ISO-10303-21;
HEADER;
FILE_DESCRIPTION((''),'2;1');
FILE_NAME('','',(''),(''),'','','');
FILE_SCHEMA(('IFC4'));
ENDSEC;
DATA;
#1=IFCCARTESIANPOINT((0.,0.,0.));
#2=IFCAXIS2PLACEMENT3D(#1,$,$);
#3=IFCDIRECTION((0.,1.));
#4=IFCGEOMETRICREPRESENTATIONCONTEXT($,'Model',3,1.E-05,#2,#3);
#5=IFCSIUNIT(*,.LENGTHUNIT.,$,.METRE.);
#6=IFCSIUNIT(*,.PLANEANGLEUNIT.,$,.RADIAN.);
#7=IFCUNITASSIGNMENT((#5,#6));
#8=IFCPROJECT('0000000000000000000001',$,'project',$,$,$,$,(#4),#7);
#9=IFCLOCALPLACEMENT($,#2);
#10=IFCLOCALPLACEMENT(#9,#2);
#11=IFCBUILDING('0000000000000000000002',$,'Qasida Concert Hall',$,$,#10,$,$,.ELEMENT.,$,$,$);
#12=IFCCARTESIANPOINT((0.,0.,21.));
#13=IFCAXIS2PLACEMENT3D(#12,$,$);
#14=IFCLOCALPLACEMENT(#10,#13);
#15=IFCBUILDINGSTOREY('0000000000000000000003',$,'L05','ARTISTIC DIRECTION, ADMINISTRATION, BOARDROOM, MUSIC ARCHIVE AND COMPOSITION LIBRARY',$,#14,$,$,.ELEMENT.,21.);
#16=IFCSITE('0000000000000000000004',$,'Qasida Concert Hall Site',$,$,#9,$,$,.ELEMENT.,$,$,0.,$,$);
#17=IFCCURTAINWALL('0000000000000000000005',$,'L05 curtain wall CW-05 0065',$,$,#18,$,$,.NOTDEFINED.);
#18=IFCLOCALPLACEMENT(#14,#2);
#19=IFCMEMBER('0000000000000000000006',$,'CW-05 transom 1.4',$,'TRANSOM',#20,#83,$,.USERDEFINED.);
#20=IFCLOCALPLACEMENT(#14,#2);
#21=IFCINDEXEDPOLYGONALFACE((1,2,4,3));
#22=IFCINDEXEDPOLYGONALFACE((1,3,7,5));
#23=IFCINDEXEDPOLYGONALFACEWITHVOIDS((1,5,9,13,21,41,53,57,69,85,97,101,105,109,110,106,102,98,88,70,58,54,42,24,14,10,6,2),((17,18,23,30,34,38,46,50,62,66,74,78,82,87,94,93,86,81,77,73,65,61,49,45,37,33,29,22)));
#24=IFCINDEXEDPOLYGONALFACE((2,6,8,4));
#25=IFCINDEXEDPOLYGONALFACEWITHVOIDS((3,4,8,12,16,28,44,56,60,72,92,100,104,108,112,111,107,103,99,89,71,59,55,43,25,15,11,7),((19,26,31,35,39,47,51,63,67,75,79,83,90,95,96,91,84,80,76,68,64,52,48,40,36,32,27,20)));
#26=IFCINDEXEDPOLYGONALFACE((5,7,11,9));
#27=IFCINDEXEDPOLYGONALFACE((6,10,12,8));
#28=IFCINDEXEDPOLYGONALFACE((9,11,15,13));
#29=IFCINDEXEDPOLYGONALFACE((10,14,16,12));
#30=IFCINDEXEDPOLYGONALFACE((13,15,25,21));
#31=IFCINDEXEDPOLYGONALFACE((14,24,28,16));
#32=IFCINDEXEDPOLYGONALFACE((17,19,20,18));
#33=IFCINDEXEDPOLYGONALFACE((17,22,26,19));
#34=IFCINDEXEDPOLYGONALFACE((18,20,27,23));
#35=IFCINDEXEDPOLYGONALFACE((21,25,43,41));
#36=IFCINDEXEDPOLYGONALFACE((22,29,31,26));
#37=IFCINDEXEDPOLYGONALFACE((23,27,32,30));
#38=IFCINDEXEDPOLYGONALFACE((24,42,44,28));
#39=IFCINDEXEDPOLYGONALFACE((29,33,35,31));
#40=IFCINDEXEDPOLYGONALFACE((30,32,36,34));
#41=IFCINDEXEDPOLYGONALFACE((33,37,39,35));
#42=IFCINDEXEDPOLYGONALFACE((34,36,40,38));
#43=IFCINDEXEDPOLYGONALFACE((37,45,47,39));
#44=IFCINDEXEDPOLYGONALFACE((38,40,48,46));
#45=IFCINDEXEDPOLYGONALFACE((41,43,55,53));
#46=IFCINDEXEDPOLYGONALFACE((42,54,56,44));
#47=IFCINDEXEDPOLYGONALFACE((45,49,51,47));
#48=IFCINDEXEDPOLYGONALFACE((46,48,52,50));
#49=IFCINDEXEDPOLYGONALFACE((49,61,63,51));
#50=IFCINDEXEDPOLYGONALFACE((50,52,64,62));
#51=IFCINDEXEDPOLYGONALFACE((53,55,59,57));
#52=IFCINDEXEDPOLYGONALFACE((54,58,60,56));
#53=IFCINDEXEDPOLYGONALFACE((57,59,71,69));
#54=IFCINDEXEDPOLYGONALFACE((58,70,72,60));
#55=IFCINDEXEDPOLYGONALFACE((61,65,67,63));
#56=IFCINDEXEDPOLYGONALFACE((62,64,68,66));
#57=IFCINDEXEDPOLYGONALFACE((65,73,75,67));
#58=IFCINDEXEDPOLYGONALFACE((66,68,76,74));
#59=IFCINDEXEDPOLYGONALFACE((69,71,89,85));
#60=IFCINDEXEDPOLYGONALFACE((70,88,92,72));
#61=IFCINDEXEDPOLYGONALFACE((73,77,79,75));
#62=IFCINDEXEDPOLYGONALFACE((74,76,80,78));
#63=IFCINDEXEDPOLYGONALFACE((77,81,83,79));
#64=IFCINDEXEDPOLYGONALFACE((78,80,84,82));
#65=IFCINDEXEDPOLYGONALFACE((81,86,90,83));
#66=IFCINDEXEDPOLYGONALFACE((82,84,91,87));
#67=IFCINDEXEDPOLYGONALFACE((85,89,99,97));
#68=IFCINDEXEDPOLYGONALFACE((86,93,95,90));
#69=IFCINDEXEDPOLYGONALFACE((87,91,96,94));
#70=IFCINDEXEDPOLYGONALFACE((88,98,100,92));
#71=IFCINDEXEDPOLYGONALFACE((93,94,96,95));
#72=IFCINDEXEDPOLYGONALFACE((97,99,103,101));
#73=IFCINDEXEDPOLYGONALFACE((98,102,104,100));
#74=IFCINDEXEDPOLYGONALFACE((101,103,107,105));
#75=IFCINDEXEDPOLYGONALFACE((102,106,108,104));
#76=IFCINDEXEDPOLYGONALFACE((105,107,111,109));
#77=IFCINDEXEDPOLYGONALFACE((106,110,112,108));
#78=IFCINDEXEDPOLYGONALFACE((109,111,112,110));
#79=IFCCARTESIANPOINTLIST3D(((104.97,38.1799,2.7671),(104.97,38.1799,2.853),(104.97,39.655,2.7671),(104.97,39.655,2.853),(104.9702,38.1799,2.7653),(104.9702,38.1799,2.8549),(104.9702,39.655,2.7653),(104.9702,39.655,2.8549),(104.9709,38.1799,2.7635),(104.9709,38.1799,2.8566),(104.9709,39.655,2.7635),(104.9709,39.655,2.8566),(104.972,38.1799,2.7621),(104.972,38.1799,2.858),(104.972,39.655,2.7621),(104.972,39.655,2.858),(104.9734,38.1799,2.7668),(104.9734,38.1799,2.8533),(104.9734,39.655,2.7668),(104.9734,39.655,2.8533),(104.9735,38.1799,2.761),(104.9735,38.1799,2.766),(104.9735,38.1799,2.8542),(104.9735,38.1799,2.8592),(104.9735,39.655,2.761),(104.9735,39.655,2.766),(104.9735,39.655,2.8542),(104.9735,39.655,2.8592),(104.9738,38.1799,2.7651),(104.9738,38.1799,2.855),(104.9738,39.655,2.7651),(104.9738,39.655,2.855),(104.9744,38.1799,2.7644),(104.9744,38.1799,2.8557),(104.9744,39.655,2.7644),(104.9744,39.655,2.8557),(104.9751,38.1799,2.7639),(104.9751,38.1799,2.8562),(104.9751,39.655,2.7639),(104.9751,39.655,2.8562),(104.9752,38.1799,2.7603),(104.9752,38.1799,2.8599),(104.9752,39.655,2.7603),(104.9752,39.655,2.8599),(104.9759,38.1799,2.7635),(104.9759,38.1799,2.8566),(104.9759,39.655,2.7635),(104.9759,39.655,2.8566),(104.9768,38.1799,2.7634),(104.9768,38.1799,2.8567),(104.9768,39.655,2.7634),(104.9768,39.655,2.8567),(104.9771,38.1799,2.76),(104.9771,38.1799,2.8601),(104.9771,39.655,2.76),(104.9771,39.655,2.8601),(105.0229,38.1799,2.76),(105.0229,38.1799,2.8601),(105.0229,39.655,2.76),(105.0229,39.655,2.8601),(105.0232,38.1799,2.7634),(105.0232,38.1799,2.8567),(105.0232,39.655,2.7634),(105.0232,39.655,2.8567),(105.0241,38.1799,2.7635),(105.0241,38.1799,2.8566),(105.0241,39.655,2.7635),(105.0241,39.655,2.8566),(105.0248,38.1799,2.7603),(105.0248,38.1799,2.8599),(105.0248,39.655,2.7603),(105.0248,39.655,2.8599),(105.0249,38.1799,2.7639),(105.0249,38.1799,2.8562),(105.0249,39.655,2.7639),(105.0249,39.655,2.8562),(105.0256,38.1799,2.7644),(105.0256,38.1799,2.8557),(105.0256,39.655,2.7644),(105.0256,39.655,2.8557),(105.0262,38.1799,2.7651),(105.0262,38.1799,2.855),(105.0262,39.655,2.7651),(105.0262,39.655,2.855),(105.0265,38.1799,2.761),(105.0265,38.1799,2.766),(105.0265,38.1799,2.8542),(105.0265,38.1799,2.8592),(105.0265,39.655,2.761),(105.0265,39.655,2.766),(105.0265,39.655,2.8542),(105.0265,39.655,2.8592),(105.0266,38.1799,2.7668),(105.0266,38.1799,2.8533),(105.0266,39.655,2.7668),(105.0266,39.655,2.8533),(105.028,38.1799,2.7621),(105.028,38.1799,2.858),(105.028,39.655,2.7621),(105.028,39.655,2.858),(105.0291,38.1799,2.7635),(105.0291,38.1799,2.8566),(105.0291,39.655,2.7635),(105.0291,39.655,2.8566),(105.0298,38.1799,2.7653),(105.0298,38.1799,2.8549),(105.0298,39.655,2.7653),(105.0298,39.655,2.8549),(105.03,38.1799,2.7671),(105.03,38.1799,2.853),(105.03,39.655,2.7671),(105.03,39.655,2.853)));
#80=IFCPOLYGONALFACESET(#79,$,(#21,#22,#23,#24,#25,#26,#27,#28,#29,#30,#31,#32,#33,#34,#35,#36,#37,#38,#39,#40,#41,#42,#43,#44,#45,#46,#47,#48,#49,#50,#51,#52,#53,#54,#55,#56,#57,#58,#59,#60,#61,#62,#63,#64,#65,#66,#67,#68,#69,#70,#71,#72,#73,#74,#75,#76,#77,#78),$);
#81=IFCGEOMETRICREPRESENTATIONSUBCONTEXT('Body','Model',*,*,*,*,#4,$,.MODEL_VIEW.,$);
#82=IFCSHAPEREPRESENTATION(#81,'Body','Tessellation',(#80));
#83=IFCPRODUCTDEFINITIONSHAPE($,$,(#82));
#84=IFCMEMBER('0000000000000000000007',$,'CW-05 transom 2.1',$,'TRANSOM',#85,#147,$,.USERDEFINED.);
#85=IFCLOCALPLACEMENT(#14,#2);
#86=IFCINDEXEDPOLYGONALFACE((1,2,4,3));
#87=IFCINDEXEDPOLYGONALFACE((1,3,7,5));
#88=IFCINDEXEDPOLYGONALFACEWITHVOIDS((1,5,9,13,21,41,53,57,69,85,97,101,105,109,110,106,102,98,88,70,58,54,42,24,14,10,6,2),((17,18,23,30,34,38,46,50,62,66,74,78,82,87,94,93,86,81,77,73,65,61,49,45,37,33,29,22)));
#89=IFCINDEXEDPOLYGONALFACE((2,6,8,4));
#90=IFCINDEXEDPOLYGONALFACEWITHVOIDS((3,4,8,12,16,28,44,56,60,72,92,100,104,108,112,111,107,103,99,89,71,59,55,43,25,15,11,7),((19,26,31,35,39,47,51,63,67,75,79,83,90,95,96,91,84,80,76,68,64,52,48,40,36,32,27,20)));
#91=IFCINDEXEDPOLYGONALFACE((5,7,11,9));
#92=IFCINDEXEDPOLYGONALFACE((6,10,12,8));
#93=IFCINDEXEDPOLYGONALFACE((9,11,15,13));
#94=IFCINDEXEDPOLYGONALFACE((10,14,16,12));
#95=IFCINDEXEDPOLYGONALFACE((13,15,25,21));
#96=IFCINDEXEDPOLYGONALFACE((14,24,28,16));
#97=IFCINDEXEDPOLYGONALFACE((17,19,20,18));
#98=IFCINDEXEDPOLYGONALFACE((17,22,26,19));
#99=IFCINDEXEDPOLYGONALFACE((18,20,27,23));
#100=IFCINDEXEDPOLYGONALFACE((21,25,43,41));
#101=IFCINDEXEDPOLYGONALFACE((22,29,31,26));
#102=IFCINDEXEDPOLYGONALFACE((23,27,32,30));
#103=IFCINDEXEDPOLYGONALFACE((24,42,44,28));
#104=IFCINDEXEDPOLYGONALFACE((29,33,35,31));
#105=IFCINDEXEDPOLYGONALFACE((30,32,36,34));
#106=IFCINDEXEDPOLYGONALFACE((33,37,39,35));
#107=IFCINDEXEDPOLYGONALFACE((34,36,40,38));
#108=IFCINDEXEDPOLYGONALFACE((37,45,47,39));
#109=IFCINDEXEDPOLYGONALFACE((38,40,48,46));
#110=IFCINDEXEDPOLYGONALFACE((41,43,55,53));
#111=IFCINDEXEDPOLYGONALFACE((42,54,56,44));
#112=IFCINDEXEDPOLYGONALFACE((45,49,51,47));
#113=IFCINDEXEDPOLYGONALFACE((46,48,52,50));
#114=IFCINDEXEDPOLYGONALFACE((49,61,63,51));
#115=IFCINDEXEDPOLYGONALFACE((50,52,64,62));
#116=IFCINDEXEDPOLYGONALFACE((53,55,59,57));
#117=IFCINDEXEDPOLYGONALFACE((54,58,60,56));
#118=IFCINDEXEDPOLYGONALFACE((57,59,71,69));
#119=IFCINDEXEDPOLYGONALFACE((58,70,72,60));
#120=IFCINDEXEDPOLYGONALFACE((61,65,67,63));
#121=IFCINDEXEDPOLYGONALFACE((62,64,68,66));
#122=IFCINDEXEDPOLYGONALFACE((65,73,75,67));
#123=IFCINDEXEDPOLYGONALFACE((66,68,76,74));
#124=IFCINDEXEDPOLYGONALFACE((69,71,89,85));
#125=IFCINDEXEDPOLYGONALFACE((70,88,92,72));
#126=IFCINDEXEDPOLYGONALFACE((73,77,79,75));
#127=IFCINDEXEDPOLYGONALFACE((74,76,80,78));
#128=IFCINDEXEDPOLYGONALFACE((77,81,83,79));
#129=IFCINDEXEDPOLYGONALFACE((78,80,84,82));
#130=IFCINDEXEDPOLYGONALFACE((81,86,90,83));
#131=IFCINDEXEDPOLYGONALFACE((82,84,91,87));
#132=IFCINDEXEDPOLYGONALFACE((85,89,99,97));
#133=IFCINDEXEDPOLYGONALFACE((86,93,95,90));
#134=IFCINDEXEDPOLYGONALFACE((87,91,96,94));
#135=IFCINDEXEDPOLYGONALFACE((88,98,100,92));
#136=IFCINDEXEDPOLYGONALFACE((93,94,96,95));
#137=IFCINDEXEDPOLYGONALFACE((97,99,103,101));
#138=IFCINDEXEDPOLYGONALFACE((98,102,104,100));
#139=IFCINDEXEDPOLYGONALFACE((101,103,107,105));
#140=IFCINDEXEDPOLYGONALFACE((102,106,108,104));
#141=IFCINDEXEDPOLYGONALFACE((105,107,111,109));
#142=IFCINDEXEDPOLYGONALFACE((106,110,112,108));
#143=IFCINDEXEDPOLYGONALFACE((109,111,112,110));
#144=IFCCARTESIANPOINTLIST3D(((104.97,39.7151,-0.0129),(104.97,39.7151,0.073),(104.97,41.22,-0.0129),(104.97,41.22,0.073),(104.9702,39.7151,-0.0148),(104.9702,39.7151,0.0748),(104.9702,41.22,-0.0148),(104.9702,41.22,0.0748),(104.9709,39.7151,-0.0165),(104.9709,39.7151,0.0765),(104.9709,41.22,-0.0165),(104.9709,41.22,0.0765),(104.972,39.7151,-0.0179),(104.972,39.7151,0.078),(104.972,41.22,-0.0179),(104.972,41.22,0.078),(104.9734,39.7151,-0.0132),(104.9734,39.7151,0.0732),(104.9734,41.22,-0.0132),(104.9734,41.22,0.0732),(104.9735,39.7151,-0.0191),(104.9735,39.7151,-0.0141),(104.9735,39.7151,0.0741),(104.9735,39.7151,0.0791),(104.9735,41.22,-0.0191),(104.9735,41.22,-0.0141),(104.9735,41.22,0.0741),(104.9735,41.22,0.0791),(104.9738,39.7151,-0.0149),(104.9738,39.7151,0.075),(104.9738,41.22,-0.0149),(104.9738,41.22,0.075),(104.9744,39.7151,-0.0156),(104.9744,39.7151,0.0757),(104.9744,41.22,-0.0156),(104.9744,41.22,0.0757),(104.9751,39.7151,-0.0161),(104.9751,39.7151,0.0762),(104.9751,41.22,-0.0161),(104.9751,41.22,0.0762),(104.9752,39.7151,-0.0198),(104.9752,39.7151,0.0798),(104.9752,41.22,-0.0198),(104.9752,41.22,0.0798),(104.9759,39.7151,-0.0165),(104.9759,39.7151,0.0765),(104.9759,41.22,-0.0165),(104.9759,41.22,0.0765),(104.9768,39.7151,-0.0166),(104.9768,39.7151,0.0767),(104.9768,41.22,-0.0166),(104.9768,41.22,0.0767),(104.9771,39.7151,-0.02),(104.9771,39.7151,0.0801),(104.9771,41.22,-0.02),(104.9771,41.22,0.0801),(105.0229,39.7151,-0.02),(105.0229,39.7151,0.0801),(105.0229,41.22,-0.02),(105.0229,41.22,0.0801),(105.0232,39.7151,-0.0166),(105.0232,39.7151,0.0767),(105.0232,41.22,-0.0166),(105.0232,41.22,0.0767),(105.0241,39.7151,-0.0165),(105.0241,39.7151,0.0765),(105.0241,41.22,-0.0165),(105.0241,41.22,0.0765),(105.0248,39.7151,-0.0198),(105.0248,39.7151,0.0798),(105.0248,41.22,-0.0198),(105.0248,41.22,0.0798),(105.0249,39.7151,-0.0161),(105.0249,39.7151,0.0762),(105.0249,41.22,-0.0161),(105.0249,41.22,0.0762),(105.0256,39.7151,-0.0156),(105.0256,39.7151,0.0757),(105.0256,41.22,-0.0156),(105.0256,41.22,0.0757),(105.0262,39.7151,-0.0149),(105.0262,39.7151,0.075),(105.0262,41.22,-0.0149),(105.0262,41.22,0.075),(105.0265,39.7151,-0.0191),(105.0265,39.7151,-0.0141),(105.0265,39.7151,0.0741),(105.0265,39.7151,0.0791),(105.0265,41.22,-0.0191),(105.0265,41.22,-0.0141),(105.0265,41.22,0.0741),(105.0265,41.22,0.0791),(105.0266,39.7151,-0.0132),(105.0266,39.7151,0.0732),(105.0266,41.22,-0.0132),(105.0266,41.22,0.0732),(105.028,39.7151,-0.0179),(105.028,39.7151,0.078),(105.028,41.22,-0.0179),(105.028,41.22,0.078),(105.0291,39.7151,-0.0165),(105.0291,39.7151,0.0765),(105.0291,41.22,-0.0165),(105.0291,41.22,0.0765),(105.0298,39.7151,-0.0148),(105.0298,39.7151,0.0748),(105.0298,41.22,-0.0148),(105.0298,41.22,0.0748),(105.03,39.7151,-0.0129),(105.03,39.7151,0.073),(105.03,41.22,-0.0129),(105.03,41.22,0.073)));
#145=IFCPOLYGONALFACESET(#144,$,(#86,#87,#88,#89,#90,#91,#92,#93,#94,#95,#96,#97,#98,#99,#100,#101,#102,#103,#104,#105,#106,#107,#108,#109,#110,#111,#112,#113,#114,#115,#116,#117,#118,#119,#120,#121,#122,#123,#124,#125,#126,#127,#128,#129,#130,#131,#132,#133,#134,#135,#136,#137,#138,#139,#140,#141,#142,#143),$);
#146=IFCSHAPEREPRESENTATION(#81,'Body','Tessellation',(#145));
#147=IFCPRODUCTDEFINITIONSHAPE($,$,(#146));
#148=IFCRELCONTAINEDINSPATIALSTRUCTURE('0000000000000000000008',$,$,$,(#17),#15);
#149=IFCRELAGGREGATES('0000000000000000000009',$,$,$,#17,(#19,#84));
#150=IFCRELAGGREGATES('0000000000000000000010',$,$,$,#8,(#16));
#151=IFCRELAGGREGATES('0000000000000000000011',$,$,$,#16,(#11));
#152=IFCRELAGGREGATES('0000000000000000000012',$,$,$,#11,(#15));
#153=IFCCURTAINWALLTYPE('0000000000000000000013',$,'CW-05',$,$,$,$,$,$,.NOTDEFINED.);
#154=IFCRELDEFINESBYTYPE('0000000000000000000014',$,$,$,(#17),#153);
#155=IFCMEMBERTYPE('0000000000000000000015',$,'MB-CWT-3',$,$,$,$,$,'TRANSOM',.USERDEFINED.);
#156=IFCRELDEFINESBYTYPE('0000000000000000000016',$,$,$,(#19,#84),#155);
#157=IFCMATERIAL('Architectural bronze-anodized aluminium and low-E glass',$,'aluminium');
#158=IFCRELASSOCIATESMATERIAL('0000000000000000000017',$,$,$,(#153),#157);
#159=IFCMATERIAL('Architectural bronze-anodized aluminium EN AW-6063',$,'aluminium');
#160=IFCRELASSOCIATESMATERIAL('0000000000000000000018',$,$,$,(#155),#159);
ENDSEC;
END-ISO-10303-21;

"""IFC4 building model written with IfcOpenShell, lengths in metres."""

from ifc_helpers import new_model, si_unit, direction, frame, origin, origin_2d, place, context, subcontext, project, spatial, hollow_rectangle, extrude, material, material_profile, profile_set, type_object, element, aggregate, save


model = new_model("IFC4")

# Units and contexts
model_context = context("Model", 3, precision=1e-05, world=origin(), true_north=direction((0.0, 1.0)))
body_context = subcontext(model_context, "Body", "Model", "MODEL_VIEW")
ifc_project = project(units=[si_unit("LENGTHUNIT", "METRE"), si_unit("PLANEANGLEUNIT", "RADIAN")], contexts=[model_context])

# Site, building, storey
site_placement = place(None, origin())
site = spatial("IfcSite", under=ifc_project, at=site_placement, Name="Qasida Concert Hall Site", CompositionType="ELEMENT", RefElevation=0.0)
building_placement = place(site_placement, origin())
building = spatial("IfcBuilding", under=site, at=building_placement, Name="Qasida Concert Hall", CompositionType="ELEMENT")
storey_placement = place(building_placement, frame((0.0, 0.0, 21.0)))
storey = spatial("IfcBuildingStorey", under=building, at=storey_placement, Name="L05", Description="ARTISTIC DIRECTION, ADMINISTRATION, BOARDROOM, MUSIC ARCHIVE AND COMPOSITION LIBRARY", CompositionType="ELEMENT", Elevation=21.0)

# Curtain wall
ifc_material_1 = material(Name="Architectural bronze-anodized aluminium and low-E glass", Category="aluminium")
curtain_wall_type = type_object("IfcCurtainWallType", Name="CW-05", PredefinedType="NOTDEFINED", material=ifc_material_1)
ifc_material_2 = material(Name="Architectural bronze-anodized aluminium EN AW-6063", Category="aluminium")
curtain_wall_1_placement = place(storey_placement, origin())
curtain_wall_1 = element("IfcCurtainWall", 1, at=curtain_wall_1_placement, inside=storey, type_object=curtain_wall_type, Name="L05 curtain wall CW-05 0065", PredefinedType="NOTDEFINED")

# Members
ifc_material_profile_1 = material_profile(ifc_material_2, hollow_rectangle(XDim=0.0601, YDim=0.1001, WallThickness=0.0034, InnerFilletRadius=0.0034, OuterFilletRadius=0.0071, at=origin_2d()), Name="CWT 100x60x3.5")
ifc_profile_set_1 = profile_set([ifc_material_profile_1], Name="Architectural bronze-anodized aluminium EN AW-6063")
member_type_1 = type_object("IfcMemberType", Name="MB-CWT-3", ElementType="TRANSOM", PredefinedType="USERDEFINED", material=ifc_profile_set_1)
member_1_placement = place(storey_placement, frame((105.0, 38.1799, 2.8101), z_axis=(0.0, 1.0, 0.0), x_axis=(-1.0, 0.0, 0.0)))
member_1 = element("IfcMember", 2, at=member_1_placement, type_object=member_type_1, Name="CW-05 transom 1.4", ObjectType="TRANSOM", PredefinedType="USERDEFINED", context=body_context, shape_type="SweptSolid", body=[
    extrude(hollow_rectangle(XDim=0.0601, YDim=0.1001, WallThickness=0.0034, InnerFilletRadius=0.0034, OuterFilletRadius=0.0071, at=origin_2d()), origin(), (0.0, 0.0, 1.0), 1.4751),
])
member_2_placement = place(storey_placement, frame((105.0, 39.7151, 0.03), z_axis=(0.0, 1.0, 0.0), x_axis=(-1.0, 0.0, 0.0)))
member_2 = element("IfcMember", 3, at=member_2_placement, type_object=member_type_1, Name="CW-05 transom 2.1", ObjectType="TRANSOM", PredefinedType="USERDEFINED", context=body_context, shape_type="SweptSolid", body=[
    extrude(hollow_rectangle(XDim=0.0601, YDim=0.1001, WallThickness=0.0034, InnerFilletRadius=0.0034, OuterFilletRadius=0.0071, at=origin_2d()), origin(), (0.0, 0.0, 1.0), 1.5049),
])

aggregate(curtain_wall_1, [member_1, member_2])

save(model, "model.ifc")
